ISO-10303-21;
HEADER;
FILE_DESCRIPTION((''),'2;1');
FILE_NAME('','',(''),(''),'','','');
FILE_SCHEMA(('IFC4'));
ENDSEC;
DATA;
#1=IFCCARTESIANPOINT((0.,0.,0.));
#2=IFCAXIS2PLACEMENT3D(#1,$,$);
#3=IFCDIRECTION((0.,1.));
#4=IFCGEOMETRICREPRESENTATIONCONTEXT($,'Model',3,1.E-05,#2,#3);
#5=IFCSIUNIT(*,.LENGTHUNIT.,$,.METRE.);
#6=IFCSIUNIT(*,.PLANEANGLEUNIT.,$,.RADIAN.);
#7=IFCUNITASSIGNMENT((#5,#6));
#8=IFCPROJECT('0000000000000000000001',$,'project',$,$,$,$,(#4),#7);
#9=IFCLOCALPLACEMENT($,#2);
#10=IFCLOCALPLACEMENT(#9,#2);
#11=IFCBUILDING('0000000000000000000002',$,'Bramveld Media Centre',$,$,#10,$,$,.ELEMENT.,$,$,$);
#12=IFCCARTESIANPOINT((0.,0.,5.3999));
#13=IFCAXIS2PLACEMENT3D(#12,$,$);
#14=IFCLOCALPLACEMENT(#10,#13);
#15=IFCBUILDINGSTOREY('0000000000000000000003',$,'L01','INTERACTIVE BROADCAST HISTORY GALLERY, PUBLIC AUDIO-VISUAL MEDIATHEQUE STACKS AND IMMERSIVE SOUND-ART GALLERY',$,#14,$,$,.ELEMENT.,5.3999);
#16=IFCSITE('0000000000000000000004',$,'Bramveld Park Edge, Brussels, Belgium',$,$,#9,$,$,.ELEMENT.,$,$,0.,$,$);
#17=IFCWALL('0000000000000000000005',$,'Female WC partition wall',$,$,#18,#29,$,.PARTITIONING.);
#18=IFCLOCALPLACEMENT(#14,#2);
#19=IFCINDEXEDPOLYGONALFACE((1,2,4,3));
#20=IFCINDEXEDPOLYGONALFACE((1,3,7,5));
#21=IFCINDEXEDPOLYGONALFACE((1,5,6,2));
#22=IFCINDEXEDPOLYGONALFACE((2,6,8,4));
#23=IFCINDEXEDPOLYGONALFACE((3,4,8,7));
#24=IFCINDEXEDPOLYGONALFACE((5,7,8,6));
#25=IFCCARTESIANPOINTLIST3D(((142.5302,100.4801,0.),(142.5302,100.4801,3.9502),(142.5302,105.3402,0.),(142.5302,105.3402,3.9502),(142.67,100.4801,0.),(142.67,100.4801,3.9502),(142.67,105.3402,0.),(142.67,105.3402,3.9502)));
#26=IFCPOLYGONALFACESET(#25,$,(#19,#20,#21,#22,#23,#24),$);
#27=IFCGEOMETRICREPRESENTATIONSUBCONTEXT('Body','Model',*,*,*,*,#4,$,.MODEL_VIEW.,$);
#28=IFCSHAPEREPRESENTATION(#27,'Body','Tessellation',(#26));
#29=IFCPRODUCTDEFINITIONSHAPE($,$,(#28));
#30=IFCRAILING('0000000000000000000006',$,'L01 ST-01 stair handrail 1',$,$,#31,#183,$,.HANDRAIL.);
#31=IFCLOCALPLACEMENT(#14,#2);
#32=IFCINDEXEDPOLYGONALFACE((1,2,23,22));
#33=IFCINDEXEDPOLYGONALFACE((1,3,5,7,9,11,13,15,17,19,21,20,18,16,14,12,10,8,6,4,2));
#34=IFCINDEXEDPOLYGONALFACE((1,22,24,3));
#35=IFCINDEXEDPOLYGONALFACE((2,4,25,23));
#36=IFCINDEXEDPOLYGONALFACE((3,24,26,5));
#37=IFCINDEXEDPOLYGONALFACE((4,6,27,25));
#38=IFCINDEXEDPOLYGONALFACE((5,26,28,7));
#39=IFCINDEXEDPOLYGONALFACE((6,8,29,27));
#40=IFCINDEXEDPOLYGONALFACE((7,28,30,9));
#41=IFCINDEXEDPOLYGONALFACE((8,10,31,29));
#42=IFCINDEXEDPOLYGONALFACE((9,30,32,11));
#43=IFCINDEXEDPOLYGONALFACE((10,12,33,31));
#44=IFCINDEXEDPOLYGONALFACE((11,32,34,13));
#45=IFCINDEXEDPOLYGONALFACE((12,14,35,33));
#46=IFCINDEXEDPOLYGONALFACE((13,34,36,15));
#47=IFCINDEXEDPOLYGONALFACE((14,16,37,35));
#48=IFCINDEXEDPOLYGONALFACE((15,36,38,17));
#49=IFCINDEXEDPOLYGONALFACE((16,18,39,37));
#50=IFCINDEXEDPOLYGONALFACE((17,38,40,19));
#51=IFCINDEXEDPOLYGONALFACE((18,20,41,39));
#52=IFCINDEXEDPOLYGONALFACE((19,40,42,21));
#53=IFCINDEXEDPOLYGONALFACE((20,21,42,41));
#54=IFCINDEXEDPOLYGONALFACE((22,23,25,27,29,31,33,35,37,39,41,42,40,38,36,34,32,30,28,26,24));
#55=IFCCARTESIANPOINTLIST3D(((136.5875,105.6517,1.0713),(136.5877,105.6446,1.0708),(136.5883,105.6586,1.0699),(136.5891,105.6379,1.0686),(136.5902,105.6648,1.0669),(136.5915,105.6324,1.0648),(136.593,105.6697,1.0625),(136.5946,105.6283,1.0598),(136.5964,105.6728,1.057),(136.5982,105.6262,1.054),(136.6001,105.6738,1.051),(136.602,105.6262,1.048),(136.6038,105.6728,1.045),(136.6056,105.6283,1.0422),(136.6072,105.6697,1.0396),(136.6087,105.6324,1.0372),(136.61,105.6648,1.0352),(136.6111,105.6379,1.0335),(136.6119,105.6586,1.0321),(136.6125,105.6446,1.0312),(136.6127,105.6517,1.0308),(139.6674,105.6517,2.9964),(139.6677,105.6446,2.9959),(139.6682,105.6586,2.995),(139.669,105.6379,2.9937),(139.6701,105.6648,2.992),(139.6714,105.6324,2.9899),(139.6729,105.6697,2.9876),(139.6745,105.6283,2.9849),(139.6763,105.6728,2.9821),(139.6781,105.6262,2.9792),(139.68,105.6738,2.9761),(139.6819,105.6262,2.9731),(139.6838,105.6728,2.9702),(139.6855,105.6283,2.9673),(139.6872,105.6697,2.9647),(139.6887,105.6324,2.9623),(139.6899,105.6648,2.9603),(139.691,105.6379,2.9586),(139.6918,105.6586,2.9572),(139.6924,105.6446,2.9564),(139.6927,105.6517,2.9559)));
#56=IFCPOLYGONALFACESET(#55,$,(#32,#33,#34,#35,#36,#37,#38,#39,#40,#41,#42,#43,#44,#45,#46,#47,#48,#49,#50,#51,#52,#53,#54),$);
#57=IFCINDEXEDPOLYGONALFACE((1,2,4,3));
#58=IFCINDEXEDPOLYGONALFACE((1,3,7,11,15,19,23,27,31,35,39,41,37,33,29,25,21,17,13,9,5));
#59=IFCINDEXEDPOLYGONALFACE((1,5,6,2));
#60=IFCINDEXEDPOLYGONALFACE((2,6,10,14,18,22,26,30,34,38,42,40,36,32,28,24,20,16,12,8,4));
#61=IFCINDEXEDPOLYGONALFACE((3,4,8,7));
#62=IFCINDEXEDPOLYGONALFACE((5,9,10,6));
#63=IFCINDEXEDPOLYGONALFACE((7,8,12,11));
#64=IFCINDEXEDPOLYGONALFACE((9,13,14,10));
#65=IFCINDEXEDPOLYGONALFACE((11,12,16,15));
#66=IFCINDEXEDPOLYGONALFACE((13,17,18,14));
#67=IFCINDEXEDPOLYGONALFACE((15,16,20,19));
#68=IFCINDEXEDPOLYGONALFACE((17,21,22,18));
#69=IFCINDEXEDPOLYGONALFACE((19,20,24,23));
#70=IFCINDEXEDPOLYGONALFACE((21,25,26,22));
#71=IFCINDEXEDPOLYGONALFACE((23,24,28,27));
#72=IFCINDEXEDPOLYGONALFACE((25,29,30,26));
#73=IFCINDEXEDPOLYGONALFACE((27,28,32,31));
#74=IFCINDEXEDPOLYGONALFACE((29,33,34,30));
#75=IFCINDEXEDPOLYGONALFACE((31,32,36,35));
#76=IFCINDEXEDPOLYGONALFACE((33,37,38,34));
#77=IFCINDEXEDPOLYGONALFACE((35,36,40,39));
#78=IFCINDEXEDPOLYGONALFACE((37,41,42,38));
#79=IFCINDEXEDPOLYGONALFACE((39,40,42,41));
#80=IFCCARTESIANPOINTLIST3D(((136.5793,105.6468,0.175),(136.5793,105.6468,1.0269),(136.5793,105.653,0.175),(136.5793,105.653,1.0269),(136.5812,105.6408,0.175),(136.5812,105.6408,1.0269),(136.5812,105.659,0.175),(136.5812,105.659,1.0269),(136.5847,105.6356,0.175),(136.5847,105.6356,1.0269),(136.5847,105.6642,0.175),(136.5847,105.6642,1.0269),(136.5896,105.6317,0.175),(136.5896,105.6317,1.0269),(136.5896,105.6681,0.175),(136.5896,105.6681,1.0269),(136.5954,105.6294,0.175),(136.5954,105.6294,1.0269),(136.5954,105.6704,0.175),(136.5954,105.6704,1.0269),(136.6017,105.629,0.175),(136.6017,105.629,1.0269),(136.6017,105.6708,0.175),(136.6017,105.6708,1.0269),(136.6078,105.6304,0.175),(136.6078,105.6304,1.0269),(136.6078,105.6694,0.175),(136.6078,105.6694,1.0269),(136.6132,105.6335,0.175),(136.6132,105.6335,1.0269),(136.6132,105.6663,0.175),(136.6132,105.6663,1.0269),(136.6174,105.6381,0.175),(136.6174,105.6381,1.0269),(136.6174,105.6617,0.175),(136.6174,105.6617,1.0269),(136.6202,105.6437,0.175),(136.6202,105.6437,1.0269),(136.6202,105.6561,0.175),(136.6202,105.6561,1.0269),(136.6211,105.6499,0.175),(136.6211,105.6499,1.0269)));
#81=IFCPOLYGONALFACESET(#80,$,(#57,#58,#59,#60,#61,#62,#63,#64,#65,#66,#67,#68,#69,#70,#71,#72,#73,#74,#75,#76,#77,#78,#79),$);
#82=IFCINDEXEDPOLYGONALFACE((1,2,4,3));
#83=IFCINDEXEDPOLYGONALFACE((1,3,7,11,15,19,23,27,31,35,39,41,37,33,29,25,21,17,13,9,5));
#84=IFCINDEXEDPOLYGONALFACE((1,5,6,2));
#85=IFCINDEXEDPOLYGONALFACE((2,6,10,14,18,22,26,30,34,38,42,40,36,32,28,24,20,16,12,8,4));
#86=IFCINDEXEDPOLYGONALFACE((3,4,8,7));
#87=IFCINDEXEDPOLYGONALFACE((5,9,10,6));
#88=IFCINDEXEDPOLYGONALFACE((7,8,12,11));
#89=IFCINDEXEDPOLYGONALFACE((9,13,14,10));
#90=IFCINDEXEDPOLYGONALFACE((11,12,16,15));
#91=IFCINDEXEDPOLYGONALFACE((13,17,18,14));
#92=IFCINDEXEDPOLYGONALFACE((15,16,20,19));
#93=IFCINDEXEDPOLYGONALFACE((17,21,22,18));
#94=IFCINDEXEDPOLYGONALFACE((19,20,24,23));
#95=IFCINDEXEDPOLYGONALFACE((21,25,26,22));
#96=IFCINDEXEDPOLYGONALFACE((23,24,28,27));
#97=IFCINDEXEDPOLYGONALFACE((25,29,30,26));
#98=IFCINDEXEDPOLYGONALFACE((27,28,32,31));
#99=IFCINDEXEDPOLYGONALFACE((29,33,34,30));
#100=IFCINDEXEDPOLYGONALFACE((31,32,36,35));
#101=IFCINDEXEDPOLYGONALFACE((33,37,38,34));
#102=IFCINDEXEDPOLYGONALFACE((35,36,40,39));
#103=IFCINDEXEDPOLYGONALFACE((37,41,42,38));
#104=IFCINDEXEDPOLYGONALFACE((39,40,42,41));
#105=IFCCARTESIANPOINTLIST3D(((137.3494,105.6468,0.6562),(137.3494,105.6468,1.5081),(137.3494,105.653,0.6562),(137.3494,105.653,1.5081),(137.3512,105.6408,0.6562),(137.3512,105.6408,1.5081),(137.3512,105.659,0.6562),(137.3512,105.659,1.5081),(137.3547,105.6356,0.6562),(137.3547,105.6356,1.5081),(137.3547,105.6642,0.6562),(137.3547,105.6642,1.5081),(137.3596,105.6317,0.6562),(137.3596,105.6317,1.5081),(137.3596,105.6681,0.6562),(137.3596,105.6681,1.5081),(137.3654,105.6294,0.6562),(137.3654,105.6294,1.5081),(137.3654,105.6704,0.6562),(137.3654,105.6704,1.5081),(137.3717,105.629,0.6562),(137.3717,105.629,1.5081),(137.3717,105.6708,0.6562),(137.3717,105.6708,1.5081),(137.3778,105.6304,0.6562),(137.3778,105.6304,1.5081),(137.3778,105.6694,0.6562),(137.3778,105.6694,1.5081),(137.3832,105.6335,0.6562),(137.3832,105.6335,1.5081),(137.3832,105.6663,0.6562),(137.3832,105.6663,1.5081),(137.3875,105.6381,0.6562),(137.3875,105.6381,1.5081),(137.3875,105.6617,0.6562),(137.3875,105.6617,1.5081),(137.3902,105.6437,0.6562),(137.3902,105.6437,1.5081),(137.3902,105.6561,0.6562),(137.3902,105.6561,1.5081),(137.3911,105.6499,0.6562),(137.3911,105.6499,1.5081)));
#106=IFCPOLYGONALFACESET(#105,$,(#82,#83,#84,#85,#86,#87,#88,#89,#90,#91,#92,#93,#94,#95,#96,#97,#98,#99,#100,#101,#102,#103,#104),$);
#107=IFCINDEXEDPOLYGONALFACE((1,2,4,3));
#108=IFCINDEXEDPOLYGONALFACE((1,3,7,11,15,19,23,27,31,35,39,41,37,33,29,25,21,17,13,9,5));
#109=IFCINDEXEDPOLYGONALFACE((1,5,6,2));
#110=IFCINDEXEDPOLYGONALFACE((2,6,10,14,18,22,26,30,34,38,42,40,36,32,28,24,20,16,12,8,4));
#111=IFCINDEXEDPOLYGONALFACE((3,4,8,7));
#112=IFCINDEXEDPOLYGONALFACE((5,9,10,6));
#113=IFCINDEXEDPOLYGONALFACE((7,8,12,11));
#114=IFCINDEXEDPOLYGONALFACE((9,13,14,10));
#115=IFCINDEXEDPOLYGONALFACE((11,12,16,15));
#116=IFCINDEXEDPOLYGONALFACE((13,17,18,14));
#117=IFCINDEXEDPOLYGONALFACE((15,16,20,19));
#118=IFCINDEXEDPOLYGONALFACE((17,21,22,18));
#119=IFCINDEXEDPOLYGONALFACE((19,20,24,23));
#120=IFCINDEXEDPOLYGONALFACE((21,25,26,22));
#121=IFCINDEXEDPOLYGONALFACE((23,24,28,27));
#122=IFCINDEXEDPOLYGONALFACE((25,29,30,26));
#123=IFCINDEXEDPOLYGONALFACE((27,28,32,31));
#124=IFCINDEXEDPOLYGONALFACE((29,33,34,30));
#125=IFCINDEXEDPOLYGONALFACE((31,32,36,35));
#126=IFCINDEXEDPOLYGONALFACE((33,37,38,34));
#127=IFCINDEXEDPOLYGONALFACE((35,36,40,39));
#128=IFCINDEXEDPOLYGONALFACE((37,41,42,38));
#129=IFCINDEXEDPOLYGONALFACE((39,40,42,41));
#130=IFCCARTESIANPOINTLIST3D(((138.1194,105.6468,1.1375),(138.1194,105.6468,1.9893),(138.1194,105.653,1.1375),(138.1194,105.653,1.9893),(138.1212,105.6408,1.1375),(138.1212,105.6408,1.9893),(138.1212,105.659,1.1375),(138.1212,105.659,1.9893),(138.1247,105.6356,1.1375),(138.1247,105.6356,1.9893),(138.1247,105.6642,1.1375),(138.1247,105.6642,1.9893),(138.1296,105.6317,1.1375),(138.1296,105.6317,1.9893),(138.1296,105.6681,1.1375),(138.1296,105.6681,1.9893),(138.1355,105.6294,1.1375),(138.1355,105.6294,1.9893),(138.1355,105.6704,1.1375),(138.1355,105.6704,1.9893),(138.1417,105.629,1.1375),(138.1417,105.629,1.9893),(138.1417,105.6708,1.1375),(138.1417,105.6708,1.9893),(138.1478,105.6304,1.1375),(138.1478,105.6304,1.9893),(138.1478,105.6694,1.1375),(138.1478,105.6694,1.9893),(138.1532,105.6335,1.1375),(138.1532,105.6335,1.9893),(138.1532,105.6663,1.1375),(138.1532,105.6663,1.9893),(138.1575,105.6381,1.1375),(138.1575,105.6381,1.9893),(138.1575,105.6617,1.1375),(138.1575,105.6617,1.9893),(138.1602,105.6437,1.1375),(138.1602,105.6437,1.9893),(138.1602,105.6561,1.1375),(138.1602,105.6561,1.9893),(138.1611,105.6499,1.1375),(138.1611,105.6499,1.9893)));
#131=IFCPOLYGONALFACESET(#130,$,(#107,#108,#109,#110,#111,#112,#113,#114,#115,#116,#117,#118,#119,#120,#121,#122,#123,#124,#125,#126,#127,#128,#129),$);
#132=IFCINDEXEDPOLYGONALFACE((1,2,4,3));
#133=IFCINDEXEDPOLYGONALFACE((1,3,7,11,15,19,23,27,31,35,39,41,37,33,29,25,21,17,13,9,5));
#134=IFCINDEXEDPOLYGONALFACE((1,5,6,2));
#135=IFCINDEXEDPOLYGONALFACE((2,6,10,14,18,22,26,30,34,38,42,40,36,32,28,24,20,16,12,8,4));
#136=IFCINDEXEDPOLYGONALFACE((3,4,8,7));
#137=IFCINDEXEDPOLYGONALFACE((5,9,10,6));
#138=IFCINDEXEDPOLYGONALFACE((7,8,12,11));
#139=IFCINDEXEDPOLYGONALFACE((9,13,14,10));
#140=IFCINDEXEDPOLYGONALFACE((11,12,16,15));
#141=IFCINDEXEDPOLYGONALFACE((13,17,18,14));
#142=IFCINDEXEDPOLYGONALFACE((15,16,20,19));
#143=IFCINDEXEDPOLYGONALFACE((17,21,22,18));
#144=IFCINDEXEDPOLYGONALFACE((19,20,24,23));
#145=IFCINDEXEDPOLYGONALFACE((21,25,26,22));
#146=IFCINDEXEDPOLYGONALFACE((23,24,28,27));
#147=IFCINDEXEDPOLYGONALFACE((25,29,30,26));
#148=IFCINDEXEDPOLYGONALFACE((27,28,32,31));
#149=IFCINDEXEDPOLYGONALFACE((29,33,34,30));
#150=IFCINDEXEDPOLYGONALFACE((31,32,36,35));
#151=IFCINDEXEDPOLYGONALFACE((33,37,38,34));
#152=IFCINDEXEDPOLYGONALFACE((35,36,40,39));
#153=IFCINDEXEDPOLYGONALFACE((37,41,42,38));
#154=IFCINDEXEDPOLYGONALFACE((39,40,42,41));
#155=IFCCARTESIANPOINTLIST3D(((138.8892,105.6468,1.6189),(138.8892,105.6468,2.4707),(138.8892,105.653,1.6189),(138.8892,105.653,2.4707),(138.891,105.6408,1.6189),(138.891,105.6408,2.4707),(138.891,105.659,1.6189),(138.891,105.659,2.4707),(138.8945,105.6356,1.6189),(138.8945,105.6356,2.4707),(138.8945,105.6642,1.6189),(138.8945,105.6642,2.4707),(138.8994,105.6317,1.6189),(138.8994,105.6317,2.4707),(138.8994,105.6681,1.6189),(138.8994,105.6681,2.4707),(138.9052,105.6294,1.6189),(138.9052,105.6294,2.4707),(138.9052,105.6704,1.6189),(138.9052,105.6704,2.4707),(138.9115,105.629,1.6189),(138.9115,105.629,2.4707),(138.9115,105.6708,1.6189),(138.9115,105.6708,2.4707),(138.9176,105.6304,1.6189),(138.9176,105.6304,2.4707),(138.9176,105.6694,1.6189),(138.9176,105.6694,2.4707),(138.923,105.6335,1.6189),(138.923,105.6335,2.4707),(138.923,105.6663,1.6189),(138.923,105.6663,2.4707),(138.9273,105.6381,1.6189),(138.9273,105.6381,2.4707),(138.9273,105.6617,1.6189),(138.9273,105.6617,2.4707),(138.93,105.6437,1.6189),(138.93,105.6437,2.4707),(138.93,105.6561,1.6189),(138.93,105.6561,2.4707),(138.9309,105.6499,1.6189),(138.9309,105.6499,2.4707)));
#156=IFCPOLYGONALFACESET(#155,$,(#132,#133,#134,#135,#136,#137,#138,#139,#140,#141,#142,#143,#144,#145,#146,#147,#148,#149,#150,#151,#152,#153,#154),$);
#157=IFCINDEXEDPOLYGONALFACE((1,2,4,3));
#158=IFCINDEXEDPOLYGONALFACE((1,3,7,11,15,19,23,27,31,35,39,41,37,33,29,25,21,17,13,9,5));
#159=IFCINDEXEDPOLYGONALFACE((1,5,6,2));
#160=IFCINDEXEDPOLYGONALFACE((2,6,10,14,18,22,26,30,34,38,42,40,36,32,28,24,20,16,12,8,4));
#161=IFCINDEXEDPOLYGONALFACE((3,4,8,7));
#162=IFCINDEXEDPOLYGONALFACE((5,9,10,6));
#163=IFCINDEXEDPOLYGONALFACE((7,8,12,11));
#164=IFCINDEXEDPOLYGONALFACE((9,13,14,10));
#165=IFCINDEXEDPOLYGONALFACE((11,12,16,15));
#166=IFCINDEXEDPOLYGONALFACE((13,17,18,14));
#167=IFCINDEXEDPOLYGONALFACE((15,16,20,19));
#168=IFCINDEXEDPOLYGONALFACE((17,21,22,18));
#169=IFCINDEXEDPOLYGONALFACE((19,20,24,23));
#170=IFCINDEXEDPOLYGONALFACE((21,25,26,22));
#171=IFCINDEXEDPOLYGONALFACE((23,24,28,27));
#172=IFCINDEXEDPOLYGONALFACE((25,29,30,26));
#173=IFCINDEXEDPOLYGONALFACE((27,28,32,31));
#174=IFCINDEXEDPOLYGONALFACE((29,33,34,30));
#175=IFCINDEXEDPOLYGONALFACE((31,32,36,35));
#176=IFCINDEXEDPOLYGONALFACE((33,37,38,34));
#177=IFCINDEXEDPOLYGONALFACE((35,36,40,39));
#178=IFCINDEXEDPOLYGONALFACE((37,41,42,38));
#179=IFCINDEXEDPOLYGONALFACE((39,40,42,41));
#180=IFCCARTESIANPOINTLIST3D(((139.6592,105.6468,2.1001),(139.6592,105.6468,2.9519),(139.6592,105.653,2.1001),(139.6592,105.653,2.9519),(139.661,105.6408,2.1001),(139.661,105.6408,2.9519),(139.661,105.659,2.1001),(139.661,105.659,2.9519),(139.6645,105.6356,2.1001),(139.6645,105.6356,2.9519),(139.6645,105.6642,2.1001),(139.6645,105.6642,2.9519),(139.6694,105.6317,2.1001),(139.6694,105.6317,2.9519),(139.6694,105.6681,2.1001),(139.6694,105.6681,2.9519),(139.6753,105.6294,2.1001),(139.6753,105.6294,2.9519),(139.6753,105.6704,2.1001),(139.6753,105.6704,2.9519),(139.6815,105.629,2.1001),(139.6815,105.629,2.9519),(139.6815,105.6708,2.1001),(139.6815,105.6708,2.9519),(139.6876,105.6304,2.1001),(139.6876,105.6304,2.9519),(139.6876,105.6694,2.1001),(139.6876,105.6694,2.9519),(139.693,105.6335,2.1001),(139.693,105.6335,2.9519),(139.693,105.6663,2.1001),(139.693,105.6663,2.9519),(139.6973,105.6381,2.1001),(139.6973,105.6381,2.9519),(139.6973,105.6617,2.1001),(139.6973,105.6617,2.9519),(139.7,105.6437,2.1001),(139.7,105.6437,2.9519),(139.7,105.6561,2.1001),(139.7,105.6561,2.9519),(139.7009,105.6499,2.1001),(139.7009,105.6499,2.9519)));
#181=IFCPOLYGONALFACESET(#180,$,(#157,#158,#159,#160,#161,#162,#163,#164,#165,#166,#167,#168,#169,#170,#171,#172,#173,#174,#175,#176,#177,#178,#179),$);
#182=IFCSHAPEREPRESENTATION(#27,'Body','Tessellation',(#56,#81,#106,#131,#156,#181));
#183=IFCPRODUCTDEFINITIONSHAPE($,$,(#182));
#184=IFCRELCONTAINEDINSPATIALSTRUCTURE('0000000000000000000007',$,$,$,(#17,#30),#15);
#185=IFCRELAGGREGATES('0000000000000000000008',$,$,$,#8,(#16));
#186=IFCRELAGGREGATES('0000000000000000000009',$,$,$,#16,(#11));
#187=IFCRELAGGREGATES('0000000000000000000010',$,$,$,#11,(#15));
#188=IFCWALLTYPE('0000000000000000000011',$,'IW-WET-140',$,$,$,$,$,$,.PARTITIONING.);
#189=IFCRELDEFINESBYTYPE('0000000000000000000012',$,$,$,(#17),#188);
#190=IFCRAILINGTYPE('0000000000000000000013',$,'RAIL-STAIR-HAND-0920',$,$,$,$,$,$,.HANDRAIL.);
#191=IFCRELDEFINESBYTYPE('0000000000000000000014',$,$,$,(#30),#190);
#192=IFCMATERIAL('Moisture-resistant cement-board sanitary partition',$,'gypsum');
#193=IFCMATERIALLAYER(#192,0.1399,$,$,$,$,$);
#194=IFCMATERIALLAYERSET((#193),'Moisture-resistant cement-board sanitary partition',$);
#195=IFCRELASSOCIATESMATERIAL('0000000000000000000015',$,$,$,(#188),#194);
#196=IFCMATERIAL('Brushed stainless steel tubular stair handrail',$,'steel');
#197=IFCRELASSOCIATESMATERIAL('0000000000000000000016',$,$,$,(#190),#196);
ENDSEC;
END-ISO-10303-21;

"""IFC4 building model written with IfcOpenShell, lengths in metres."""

from ifc_helpers import new_model, si_unit, direction, frame, frame_2d, origin, origin_2d, place, context, subcontext, project, spatial, rectangle, circle, extrude, material, layer, layer_set, type_object, element, save


model = new_model("IFC4")

# Units and contexts
model_context = context("Model", 3, precision=1e-05, world=origin(), true_north=direction((0.0, 1.0)))
body_context = subcontext(model_context, "Body", "Model", "MODEL_VIEW")
ifc_project = project(units=[si_unit("LENGTHUNIT", "METRE"), si_unit("PLANEANGLEUNIT", "RADIAN")], contexts=[model_context])

# Site, building, storey
site_placement = place(None, origin())
site = spatial("IfcSite", under=ifc_project, at=site_placement, Name="Bramveld Park Edge, Brussels, Belgium", CompositionType="ELEMENT", RefElevation=0.0)
building_placement = place(site_placement, origin())
building = spatial("IfcBuilding", under=site, at=building_placement, Name="Bramveld Media Centre", CompositionType="ELEMENT")
storey_placement = place(building_placement, frame((0.0, 0.0, 5.3999)))
storey = spatial("IfcBuildingStorey", under=building, at=storey_placement, Name="L01", Description="INTERACTIVE BROADCAST HISTORY GALLERY, PUBLIC AUDIO-VISUAL MEDIATHEQUE STACKS AND IMMERSIVE SOUND-ART GALLERY", CompositionType="ELEMENT", Elevation=5.3999)

# Shared definitions
ifc_material_1 = material(Name="Moisture-resistant cement-board sanitary partition", Category="gypsum")
ifc_layer_1 = layer(ifc_material_1, 0.1399)
ifc_layer_set_1 = layer_set([ifc_layer_1], Name="Moisture-resistant cement-board sanitary partition")
wall_type_1 = type_object("IfcWallType", Name="IW-WET-140", PredefinedType="PARTITIONING", material=ifc_layer_set_1)

# Wall
wall_1_placement = place(storey_placement, frame((142.6001, 100.48, 0.0), z_axis=(0.0, 0.0, 1.0), x_axis=(0.0, 1.0, 0.0)))
element("IfcWall", 1, at=wall_1_placement, inside=storey, type_object=wall_type_1, Name="Female WC partition wall", PredefinedType="PARTITIONING", context=body_context, shape_type="SweptSolid", body=[
    extrude(rectangle(XDim=4.8601, YDim=0.1399, at=frame_2d((2.4302, 0.0))), origin(), (0.0, 0.0, 1.0), 3.9502),
])

# Railing
ifc_material_2 = material(Name="Brushed stainless steel tubular stair handrail", Category="steel")
railing_type = type_object("IfcRailingType", Name="RAIL-STAIR-HAND-0920", PredefinedType="HANDRAIL", material=ifc_material_2)
railing_placement = place(storey_placement, frame((136.6001, 105.6499, 0.175)))
element("IfcRailing", 2, at=railing_placement, inside=storey, type_object=railing_type, Name="L01 ST-01 stair handrail 1", PredefinedType="HANDRAIL", context=body_context, shape_type="SweptSolid", body=[
    extrude(circle(Radius=0.0239, at=origin_2d()), frame((0.0, 0.0, 0.876), z_axis=(0.847979, 0.0, 0.530029), x_axis=(0.0, 1.0, 0.0)), (0.0, 0.0, 1.0), 3.6321),
    extrude(circle(Radius=0.021, at=origin_2d()), origin(), (0.0, 0.0, 1.0), 0.8518),
    extrude(circle(Radius=0.021, at=origin_2d()), frame((0.77, 0.0, 0.4812)), (0.0, 0.0, 1.0), 0.8518),
    extrude(circle(Radius=0.021, at=origin_2d()), frame((1.54, 0.0, 0.9624)), (0.0, 0.0, 1.0), 0.8518),
    extrude(circle(Radius=0.021, at=origin_2d()), frame((2.3098, 0.0, 1.4438)), (0.0, 0.0, 1.0), 0.8518),
    extrude(circle(Radius=0.021, at=origin_2d()), frame((3.0798, 0.0, 1.925)), (0.0, 0.0, 1.0), 0.8518),
])

save(model, "model.ifc")
